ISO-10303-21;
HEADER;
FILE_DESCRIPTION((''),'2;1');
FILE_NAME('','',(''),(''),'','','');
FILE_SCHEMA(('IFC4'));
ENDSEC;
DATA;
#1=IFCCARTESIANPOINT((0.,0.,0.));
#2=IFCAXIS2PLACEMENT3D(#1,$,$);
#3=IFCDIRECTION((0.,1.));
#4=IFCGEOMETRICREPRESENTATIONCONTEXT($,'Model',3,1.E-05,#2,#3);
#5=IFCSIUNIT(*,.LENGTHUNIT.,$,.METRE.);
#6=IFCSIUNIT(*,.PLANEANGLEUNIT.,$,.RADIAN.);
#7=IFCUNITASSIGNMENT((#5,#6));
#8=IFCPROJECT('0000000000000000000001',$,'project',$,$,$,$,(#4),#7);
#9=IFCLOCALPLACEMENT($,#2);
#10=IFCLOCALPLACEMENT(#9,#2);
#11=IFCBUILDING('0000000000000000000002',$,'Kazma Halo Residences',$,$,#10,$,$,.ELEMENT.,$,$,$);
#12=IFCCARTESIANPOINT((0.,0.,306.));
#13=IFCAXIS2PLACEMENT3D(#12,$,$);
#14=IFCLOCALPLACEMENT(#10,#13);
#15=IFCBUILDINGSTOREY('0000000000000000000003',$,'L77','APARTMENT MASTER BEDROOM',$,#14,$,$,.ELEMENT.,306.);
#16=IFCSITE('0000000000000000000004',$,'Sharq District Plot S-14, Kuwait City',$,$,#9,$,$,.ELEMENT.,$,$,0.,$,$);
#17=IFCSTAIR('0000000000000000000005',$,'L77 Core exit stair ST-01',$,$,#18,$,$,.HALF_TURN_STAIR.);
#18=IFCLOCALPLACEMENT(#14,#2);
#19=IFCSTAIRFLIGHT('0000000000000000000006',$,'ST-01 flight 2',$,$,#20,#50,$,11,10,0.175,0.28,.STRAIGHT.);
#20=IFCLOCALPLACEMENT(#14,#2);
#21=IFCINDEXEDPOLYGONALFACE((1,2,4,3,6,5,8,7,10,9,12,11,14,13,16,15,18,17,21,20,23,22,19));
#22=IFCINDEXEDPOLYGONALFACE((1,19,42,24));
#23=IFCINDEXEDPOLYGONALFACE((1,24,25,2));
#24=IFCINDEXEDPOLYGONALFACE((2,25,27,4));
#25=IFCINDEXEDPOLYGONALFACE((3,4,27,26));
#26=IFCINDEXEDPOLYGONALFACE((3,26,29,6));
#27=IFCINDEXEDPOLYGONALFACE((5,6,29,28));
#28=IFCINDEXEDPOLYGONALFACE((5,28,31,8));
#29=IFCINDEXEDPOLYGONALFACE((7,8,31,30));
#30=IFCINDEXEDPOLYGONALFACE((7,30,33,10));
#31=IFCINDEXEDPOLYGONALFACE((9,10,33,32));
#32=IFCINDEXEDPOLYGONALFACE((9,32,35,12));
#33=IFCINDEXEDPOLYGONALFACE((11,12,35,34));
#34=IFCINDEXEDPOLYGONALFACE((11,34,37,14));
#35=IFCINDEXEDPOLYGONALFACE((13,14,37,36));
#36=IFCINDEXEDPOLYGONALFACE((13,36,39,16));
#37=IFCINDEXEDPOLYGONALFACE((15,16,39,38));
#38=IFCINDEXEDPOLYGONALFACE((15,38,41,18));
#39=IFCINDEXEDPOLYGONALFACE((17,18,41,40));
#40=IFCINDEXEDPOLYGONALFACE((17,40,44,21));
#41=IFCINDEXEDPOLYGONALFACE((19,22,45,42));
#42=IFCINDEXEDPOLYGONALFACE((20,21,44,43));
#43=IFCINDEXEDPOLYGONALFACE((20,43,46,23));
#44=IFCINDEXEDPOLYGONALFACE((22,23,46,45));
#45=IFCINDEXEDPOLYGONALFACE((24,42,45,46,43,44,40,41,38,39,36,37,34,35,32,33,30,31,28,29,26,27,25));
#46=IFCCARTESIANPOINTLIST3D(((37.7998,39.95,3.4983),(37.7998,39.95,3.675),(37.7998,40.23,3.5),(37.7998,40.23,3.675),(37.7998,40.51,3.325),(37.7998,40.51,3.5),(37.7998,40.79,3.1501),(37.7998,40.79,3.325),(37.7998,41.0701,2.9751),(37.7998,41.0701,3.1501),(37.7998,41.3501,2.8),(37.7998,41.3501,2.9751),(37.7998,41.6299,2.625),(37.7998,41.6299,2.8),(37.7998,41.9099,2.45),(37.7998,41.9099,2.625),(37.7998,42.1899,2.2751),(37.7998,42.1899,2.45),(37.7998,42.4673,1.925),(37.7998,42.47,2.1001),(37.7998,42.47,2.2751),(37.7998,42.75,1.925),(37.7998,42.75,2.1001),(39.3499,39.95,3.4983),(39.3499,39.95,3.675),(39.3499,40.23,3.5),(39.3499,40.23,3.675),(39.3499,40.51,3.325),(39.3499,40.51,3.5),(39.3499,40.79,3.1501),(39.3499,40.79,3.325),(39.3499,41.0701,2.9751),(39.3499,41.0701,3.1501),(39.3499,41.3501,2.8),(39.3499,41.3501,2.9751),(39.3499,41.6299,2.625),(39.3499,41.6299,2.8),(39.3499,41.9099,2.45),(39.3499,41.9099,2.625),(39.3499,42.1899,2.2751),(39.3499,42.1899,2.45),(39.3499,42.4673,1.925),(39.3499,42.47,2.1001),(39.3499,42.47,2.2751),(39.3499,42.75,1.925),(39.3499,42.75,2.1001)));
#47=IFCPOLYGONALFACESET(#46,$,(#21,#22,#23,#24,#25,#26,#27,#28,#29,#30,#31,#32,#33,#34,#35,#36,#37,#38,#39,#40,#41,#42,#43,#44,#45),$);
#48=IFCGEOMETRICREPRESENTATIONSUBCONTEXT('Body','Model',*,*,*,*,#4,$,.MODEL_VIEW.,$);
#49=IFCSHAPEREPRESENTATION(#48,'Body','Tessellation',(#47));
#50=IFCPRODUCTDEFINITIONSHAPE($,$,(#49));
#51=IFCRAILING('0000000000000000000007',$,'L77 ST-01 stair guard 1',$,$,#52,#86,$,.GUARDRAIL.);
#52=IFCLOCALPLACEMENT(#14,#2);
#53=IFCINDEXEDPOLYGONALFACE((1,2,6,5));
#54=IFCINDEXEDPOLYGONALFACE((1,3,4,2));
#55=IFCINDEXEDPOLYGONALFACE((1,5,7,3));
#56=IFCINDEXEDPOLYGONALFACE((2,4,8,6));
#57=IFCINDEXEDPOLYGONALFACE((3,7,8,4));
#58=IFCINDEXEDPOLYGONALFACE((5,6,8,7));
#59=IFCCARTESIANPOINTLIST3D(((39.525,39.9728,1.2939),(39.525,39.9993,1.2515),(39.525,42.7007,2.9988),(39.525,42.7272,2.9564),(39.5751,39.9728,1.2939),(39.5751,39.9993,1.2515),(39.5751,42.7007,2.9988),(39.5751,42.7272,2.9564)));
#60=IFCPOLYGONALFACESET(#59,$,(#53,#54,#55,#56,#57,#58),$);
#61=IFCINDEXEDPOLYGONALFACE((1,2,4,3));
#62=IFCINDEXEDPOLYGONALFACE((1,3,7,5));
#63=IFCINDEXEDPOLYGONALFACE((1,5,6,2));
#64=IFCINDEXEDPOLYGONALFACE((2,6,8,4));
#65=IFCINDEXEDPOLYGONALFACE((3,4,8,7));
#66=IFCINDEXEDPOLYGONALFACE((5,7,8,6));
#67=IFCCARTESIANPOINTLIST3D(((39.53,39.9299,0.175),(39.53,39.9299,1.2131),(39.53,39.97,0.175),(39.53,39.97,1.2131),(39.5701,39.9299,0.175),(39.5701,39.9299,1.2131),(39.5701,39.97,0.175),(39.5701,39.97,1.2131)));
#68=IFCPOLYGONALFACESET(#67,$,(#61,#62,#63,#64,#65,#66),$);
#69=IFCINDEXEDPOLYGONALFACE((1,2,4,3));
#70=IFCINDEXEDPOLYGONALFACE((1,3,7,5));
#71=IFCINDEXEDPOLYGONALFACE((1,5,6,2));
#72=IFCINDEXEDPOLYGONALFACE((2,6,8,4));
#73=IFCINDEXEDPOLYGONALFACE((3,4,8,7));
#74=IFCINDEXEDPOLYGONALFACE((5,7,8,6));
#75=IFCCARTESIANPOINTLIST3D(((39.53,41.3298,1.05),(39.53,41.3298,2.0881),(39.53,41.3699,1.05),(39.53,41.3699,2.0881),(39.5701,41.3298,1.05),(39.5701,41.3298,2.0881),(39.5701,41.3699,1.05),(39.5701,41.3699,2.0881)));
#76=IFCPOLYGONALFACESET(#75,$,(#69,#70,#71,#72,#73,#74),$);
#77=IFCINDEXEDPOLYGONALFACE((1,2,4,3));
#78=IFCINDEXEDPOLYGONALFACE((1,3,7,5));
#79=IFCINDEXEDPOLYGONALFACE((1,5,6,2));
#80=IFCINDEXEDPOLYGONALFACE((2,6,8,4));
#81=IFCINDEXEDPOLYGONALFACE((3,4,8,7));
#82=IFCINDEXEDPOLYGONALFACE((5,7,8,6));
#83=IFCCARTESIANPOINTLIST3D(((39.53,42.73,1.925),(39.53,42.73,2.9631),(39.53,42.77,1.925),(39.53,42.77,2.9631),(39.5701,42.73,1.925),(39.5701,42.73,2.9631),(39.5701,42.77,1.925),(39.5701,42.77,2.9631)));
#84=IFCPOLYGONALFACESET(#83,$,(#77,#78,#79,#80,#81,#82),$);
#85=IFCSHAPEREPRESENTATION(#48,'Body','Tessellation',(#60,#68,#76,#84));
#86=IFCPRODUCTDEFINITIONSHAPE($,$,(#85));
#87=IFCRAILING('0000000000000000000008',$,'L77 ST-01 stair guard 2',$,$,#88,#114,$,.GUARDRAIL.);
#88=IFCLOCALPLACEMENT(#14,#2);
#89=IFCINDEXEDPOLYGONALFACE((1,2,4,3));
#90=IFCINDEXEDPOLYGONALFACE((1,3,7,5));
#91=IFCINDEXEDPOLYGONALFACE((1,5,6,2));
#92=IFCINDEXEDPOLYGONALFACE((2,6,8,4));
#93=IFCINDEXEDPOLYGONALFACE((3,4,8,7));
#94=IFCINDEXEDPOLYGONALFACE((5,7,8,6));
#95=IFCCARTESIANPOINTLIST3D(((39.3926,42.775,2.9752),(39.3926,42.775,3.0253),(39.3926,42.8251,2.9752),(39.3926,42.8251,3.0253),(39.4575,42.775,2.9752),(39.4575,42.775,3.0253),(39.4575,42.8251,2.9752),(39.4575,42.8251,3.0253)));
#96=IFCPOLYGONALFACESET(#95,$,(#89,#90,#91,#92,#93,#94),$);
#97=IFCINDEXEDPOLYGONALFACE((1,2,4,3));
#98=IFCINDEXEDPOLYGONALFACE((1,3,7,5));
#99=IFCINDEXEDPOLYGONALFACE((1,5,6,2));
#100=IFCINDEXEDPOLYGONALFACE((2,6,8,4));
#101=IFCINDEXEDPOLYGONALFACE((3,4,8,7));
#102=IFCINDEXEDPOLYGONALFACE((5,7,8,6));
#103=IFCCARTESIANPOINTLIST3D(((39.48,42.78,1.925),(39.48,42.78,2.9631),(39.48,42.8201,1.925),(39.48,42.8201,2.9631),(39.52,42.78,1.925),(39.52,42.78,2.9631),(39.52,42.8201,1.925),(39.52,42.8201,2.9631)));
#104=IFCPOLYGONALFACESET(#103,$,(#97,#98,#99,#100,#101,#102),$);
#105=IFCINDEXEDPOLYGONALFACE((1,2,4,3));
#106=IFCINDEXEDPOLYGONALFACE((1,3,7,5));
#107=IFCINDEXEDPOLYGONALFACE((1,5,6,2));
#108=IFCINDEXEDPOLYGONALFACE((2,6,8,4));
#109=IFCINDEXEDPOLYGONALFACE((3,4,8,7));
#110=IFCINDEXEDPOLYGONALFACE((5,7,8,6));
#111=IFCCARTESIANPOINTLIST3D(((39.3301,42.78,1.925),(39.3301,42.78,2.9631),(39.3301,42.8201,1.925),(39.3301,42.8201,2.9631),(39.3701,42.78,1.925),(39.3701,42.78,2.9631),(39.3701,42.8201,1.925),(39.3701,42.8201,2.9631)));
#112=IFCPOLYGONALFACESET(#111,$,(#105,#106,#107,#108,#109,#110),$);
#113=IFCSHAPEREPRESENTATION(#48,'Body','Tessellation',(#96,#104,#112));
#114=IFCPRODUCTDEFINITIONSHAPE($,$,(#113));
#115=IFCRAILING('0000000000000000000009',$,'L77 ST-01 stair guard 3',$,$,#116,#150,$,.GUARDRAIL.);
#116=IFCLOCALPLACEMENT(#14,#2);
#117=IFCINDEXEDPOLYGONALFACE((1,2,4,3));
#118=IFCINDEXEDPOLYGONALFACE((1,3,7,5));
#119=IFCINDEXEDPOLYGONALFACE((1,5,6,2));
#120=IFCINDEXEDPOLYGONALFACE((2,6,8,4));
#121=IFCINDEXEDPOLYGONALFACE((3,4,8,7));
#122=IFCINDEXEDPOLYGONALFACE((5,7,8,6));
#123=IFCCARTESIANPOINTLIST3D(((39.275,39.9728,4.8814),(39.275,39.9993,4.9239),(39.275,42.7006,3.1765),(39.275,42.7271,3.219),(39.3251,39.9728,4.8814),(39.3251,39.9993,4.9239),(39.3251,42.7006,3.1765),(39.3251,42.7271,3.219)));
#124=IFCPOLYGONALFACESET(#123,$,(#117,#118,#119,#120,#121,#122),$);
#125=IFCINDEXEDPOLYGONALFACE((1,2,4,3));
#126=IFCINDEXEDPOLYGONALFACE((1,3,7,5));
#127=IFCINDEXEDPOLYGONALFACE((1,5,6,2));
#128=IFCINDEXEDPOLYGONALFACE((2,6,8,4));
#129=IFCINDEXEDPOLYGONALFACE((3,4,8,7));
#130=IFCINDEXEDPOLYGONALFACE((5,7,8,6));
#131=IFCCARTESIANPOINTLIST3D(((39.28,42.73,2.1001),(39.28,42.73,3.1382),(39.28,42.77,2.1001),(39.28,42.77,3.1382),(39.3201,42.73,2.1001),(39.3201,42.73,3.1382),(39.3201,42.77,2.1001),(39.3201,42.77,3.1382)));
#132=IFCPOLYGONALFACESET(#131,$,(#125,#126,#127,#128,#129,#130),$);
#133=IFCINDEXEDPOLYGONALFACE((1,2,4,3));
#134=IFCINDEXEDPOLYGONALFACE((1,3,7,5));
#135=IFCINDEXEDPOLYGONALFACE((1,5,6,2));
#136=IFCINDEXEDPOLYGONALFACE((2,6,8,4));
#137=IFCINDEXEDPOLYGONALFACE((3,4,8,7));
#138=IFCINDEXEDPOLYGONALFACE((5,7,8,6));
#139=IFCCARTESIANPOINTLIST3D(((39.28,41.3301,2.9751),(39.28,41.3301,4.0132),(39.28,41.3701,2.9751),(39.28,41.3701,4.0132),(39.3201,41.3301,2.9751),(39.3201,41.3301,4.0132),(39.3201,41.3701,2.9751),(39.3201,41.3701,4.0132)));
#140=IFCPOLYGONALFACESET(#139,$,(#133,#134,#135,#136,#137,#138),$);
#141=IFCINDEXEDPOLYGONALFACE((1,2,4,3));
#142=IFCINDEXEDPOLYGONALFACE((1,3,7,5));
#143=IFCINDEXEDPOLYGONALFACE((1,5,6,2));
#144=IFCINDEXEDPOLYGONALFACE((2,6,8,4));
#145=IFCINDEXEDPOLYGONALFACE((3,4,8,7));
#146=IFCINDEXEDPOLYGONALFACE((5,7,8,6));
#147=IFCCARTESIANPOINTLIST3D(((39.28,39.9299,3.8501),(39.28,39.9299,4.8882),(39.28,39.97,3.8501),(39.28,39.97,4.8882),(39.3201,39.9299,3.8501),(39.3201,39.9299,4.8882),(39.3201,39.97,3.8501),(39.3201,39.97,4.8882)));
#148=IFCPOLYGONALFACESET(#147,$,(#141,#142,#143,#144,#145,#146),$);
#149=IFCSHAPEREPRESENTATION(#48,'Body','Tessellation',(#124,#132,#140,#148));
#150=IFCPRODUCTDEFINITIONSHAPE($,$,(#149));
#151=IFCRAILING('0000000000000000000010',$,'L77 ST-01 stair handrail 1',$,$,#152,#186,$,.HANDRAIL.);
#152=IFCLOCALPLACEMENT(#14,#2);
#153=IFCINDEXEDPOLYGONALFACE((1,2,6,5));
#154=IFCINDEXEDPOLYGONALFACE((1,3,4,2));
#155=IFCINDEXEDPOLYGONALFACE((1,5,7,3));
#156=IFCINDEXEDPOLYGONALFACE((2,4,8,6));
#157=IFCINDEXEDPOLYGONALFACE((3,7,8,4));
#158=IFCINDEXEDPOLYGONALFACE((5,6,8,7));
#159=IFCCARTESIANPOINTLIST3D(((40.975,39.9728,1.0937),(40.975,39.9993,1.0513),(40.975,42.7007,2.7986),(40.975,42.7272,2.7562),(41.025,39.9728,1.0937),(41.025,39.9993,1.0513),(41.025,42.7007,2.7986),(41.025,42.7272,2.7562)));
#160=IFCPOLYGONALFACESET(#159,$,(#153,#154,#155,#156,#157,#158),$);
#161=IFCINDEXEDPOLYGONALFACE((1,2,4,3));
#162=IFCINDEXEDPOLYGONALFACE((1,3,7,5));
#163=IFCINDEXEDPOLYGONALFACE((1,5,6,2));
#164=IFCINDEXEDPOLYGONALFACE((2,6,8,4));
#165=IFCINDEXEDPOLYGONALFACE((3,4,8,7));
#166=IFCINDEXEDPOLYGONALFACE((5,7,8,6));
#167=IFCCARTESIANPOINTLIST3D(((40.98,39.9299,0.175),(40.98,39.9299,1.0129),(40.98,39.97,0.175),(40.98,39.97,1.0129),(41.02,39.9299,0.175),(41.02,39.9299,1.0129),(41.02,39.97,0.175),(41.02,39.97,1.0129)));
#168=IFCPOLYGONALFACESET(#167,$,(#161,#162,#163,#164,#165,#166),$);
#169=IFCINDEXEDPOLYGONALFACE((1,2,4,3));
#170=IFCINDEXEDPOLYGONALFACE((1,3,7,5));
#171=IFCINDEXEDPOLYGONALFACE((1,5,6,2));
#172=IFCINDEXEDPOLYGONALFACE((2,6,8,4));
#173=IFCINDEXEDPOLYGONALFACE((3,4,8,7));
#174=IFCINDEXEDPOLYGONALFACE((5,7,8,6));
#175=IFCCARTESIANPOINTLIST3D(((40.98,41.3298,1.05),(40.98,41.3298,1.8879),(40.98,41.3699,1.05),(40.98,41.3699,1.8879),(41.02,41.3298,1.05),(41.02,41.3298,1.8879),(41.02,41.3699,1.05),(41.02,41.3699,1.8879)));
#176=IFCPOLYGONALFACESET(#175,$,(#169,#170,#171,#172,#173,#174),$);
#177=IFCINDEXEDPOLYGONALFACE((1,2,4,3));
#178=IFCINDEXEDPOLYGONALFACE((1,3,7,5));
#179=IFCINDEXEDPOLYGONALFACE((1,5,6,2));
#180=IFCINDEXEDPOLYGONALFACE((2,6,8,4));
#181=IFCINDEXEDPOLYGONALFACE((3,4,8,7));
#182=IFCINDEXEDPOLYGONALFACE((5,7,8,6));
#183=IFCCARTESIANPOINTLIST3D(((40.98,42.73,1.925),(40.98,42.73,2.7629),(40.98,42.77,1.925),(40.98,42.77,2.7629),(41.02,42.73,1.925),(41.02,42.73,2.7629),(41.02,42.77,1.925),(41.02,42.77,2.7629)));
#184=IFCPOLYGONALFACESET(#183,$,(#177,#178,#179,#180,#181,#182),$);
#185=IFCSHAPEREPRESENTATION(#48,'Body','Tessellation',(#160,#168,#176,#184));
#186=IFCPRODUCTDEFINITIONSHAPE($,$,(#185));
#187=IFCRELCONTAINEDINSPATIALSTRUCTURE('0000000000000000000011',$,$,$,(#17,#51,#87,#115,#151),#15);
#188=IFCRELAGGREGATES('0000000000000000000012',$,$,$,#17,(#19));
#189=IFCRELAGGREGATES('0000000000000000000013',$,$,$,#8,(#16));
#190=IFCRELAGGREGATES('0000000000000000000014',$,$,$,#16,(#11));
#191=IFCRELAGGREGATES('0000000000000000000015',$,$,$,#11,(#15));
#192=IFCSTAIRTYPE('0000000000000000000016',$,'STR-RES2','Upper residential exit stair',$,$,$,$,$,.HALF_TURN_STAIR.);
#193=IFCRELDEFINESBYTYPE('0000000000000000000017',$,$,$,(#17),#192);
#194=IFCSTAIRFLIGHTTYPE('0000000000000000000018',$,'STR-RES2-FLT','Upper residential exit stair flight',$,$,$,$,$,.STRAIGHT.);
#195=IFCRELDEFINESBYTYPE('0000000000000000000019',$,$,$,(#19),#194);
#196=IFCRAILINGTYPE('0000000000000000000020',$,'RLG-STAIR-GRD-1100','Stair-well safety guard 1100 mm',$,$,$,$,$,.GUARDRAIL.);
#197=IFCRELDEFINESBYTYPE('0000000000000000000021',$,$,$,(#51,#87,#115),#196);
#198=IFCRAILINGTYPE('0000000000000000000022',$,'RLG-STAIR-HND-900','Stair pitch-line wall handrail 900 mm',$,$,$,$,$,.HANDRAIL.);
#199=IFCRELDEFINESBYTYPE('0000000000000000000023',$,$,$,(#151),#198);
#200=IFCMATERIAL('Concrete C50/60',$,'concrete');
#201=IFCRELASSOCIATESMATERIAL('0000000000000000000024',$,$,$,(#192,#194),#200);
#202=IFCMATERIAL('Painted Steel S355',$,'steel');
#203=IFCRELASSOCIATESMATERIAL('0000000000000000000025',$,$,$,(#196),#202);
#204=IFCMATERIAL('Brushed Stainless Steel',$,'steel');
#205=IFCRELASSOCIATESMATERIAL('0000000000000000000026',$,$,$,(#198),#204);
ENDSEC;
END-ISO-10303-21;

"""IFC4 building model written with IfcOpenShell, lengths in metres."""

from ifc_helpers import new_model, si_unit, direction, frame, origin, origin_2d, place, context, subcontext, project, spatial, polyline, rectangle, outline, extrude, material, type_object, element, aggregate, save


model = new_model("IFC4")

# Units and contexts
model_context = context("Model", 3, precision=1e-05, world=origin(), true_north=direction((0.0, 1.0)))
body_context = subcontext(model_context, "Body", "Model", "MODEL_VIEW")
ifc_project = project(units=[si_unit("LENGTHUNIT", "METRE"), si_unit("PLANEANGLEUNIT", "RADIAN")], contexts=[model_context])

# Site, building, storey
site_placement = place(None, origin())
site = spatial("IfcSite", under=ifc_project, at=site_placement, Name="Sharq District Plot S-14, Kuwait City", CompositionType="ELEMENT", RefElevation=0.0)
building_placement = place(site_placement, origin())
building = spatial("IfcBuilding", under=site, at=building_placement, Name="Kazma Halo Residences", CompositionType="ELEMENT")
storey_placement = place(building_placement, frame((0.0, 0.0, 306.0)))
storey = spatial("IfcBuildingStorey", under=building, at=storey_placement, Name="L77", Description="APARTMENT MASTER BEDROOM", CompositionType="ELEMENT", Elevation=306.0)

# Stair, stair flight
ifc_material_1 = material(Name="Concrete C50/60", Category="concrete")
stair_type = type_object("IfcStairType", Name="STR-RES2", Description="Upper residential exit stair", PredefinedType="HALF_TURN_STAIR", material=ifc_material_1)
stair_placement = place(storey_placement, origin())
stair = element("IfcStair", 1, at=stair_placement, inside=storey, type_object=stair_type, Name="L77 Core exit stair ST-01", PredefinedType="HALF_TURN_STAIR")
stair_flight_type = type_object("IfcStairFlightType", Name="STR-RES2-FLT", Description="Upper residential exit stair flight", PredefinedType="STRAIGHT", material=ifc_material_1)
stair_flight_1_placement = place(storey_placement, frame((38.575, 42.75, 1.925), z_axis=(0.0, 0.0, 1.0), x_axis=(0.0, -1.0, 0.0)))
stair_flight_1 = element("IfcStairFlight", 2, at=stair_flight_1_placement, type_object=stair_flight_type, Name="ST-01 flight 2", NumberOfRisers=11, NumberOfTreads=10, PredefinedType="STRAIGHT", RiserHeight=0.175, TreadLength=0.28, context=body_context, shape_type="SweptSolid", body=[
    extrude(outline(polyline([(0.0, 0.0), (0.0, 0.175), (0.28, 0.175), (0.28, 0.3501), (0.5601, 0.3501), (0.5601, 0.5249), (0.8401, 0.5249), (0.8401, 0.7), (1.1201, 0.7), (1.1201, 0.875), (1.3999, 0.875), (1.3999, 1.05), (1.6799, 1.05), (1.6799, 1.2251), (1.96, 1.2251), (1.96, 1.3999), (2.24, 1.3999), (2.24, 1.575), (2.52, 1.575), (2.52, 1.75), (2.8, 1.75), (2.8, 1.925), (2.8, 1.5732), (0.2827, 0.0), (0.0, 0.0)])), frame((0.0, 0.7749, 0.0), z_axis=(0.0, -1.0, 0.0), x_axis=(1.0, 0.0, 0.0)), (0.0, 0.0, 1.0), 1.55),
])
aggregate(stair, [stair_flight_1])

# Railings
ifc_material_2 = material(Name="Painted Steel S355", Category="steel")
railing_type_1 = type_object("IfcRailingType", Name="RLG-STAIR-GRD-1100", Description="Stair-well safety guard 1100 mm", PredefinedType="GUARDRAIL", material=ifc_material_2)
railing_1_placement = place(storey_placement, frame((39.55, 39.95, 0.175)))
element("IfcRailing", 3, at=railing_1_placement, inside=storey, type_object=railing_type_1, Name="L77 ST-01 stair guard 1", PredefinedType="GUARDRAIL", context=body_context, shape_type="SweptSolid", body=[
    extrude(rectangle(XDim=0.05, YDim=0.05, at=origin_2d()), frame((0.0, 0.0361, 1.0977), z_axis=(0.0, 0.848002, 0.529992), x_axis=(-1.0, 0.0, 0.0)), (0.0, 0.0, 1.0), 3.2168),
    extrude(rectangle(XDim=0.04, YDim=0.04, at=origin_2d()), origin(), (0.0, 0.0, 1.0), 1.0381),
    extrude(rectangle(XDim=0.04, YDim=0.04, at=origin_2d()), frame((0.0, 1.3999, 0.875)), (0.0, 0.0, 1.0), 1.0381),
    extrude(rectangle(XDim=0.04, YDim=0.04, at=origin_2d()), frame((0.0, 2.8, 1.75)), (0.0, 0.0, 1.0), 1.0381),
])
railing_2_placement = place(storey_placement, frame((39.5, 42.8, 1.925)))
element("IfcRailing", 4, at=railing_2_placement, inside=storey, type_object=railing_type_1, Name="L77 ST-01 stair guard 2", PredefinedType="GUARDRAIL", context=body_context, shape_type="SweptSolid", body=[
    extrude(rectangle(XDim=0.05, YDim=0.05, at=origin_2d()), frame((-0.0425, 0.0, 1.0752), z_axis=(-1.0, 0.0, 0.0), x_axis=(0.0, -1.0, 0.0)), (0.0, 0.0, 1.0), 0.0649),
    extrude(rectangle(XDim=0.04, YDim=0.04, at=origin_2d()), origin(), (0.0, 0.0, 1.0), 1.0381),
    extrude(rectangle(XDim=0.04, YDim=0.04, at=origin_2d()), frame((-0.1499, 0.0, 0.0)), (0.0, 0.0, 1.0), 1.0381),
])
railing_3_placement = place(storey_placement, frame((39.3, 42.75, 2.1001)))
element("IfcRailing", 5, at=railing_3_placement, inside=storey, type_object=railing_type_1, Name="L77 ST-01 stair guard 3", PredefinedType="GUARDRAIL", context=body_context, shape_type="SweptSolid", body=[
    extrude(rectangle(XDim=0.05, YDim=0.05, at=origin_2d()), frame((0.0, -0.0361, 1.0977), z_axis=(0.0, -0.848002, 0.529992), x_axis=(1.0, 0.0, 0.0)), (0.0, 0.0, 1.0), 3.2168),
    extrude(rectangle(XDim=0.04, YDim=0.04, at=origin_2d()), origin(), (0.0, 0.0, 1.0), 1.0381),
    extrude(rectangle(XDim=0.04, YDim=0.04, at=origin_2d()), frame((0.0, -1.3999, 0.875)), (0.0, 0.0, 1.0), 1.0381),
    extrude(rectangle(XDim=0.04, YDim=0.04, at=origin_2d()), frame((0.0, -2.8, 1.75)), (0.0, 0.0, 1.0), 1.0381),
])
ifc_material_3 = material(Name="Brushed Stainless Steel", Category="steel")
railing_type_2 = type_object("IfcRailingType", Name="RLG-STAIR-HND-900", Description="Stair pitch-line wall handrail 900 mm", PredefinedType="HANDRAIL", material=ifc_material_3)
railing_4_placement = place(storey_placement, frame((41.0, 39.95, 0.175)))
element("IfcRailing", 6, at=railing_4_placement, inside=storey, type_object=railing_type_2, Name="L77 ST-01 stair handrail 1", PredefinedType="HANDRAIL", context=body_context, shape_type="SweptSolid", body=[
    extrude(rectangle(XDim=0.05, YDim=0.05, at=origin_2d()), frame((0.0, 0.0361, 0.8975), z_axis=(0.0, 0.848002, 0.529992), x_axis=(-1.0, 0.0, 0.0)), (0.0, 0.0, 1.0), 3.2168),
    extrude(rectangle(XDim=0.04, YDim=0.04, at=origin_2d()), origin(), (0.0, 0.0, 1.0), 0.8379),
    extrude(rectangle(XDim=0.04, YDim=0.04, at=origin_2d()), frame((0.0, 1.3999, 0.875)), (0.0, 0.0, 1.0), 0.8379),
    extrude(rectangle(XDim=0.04, YDim=0.04, at=origin_2d()), frame((0.0, 2.8, 1.75)), (0.0, 0.0, 1.0), 0.8379),
])

save(model, "model.ifc")
